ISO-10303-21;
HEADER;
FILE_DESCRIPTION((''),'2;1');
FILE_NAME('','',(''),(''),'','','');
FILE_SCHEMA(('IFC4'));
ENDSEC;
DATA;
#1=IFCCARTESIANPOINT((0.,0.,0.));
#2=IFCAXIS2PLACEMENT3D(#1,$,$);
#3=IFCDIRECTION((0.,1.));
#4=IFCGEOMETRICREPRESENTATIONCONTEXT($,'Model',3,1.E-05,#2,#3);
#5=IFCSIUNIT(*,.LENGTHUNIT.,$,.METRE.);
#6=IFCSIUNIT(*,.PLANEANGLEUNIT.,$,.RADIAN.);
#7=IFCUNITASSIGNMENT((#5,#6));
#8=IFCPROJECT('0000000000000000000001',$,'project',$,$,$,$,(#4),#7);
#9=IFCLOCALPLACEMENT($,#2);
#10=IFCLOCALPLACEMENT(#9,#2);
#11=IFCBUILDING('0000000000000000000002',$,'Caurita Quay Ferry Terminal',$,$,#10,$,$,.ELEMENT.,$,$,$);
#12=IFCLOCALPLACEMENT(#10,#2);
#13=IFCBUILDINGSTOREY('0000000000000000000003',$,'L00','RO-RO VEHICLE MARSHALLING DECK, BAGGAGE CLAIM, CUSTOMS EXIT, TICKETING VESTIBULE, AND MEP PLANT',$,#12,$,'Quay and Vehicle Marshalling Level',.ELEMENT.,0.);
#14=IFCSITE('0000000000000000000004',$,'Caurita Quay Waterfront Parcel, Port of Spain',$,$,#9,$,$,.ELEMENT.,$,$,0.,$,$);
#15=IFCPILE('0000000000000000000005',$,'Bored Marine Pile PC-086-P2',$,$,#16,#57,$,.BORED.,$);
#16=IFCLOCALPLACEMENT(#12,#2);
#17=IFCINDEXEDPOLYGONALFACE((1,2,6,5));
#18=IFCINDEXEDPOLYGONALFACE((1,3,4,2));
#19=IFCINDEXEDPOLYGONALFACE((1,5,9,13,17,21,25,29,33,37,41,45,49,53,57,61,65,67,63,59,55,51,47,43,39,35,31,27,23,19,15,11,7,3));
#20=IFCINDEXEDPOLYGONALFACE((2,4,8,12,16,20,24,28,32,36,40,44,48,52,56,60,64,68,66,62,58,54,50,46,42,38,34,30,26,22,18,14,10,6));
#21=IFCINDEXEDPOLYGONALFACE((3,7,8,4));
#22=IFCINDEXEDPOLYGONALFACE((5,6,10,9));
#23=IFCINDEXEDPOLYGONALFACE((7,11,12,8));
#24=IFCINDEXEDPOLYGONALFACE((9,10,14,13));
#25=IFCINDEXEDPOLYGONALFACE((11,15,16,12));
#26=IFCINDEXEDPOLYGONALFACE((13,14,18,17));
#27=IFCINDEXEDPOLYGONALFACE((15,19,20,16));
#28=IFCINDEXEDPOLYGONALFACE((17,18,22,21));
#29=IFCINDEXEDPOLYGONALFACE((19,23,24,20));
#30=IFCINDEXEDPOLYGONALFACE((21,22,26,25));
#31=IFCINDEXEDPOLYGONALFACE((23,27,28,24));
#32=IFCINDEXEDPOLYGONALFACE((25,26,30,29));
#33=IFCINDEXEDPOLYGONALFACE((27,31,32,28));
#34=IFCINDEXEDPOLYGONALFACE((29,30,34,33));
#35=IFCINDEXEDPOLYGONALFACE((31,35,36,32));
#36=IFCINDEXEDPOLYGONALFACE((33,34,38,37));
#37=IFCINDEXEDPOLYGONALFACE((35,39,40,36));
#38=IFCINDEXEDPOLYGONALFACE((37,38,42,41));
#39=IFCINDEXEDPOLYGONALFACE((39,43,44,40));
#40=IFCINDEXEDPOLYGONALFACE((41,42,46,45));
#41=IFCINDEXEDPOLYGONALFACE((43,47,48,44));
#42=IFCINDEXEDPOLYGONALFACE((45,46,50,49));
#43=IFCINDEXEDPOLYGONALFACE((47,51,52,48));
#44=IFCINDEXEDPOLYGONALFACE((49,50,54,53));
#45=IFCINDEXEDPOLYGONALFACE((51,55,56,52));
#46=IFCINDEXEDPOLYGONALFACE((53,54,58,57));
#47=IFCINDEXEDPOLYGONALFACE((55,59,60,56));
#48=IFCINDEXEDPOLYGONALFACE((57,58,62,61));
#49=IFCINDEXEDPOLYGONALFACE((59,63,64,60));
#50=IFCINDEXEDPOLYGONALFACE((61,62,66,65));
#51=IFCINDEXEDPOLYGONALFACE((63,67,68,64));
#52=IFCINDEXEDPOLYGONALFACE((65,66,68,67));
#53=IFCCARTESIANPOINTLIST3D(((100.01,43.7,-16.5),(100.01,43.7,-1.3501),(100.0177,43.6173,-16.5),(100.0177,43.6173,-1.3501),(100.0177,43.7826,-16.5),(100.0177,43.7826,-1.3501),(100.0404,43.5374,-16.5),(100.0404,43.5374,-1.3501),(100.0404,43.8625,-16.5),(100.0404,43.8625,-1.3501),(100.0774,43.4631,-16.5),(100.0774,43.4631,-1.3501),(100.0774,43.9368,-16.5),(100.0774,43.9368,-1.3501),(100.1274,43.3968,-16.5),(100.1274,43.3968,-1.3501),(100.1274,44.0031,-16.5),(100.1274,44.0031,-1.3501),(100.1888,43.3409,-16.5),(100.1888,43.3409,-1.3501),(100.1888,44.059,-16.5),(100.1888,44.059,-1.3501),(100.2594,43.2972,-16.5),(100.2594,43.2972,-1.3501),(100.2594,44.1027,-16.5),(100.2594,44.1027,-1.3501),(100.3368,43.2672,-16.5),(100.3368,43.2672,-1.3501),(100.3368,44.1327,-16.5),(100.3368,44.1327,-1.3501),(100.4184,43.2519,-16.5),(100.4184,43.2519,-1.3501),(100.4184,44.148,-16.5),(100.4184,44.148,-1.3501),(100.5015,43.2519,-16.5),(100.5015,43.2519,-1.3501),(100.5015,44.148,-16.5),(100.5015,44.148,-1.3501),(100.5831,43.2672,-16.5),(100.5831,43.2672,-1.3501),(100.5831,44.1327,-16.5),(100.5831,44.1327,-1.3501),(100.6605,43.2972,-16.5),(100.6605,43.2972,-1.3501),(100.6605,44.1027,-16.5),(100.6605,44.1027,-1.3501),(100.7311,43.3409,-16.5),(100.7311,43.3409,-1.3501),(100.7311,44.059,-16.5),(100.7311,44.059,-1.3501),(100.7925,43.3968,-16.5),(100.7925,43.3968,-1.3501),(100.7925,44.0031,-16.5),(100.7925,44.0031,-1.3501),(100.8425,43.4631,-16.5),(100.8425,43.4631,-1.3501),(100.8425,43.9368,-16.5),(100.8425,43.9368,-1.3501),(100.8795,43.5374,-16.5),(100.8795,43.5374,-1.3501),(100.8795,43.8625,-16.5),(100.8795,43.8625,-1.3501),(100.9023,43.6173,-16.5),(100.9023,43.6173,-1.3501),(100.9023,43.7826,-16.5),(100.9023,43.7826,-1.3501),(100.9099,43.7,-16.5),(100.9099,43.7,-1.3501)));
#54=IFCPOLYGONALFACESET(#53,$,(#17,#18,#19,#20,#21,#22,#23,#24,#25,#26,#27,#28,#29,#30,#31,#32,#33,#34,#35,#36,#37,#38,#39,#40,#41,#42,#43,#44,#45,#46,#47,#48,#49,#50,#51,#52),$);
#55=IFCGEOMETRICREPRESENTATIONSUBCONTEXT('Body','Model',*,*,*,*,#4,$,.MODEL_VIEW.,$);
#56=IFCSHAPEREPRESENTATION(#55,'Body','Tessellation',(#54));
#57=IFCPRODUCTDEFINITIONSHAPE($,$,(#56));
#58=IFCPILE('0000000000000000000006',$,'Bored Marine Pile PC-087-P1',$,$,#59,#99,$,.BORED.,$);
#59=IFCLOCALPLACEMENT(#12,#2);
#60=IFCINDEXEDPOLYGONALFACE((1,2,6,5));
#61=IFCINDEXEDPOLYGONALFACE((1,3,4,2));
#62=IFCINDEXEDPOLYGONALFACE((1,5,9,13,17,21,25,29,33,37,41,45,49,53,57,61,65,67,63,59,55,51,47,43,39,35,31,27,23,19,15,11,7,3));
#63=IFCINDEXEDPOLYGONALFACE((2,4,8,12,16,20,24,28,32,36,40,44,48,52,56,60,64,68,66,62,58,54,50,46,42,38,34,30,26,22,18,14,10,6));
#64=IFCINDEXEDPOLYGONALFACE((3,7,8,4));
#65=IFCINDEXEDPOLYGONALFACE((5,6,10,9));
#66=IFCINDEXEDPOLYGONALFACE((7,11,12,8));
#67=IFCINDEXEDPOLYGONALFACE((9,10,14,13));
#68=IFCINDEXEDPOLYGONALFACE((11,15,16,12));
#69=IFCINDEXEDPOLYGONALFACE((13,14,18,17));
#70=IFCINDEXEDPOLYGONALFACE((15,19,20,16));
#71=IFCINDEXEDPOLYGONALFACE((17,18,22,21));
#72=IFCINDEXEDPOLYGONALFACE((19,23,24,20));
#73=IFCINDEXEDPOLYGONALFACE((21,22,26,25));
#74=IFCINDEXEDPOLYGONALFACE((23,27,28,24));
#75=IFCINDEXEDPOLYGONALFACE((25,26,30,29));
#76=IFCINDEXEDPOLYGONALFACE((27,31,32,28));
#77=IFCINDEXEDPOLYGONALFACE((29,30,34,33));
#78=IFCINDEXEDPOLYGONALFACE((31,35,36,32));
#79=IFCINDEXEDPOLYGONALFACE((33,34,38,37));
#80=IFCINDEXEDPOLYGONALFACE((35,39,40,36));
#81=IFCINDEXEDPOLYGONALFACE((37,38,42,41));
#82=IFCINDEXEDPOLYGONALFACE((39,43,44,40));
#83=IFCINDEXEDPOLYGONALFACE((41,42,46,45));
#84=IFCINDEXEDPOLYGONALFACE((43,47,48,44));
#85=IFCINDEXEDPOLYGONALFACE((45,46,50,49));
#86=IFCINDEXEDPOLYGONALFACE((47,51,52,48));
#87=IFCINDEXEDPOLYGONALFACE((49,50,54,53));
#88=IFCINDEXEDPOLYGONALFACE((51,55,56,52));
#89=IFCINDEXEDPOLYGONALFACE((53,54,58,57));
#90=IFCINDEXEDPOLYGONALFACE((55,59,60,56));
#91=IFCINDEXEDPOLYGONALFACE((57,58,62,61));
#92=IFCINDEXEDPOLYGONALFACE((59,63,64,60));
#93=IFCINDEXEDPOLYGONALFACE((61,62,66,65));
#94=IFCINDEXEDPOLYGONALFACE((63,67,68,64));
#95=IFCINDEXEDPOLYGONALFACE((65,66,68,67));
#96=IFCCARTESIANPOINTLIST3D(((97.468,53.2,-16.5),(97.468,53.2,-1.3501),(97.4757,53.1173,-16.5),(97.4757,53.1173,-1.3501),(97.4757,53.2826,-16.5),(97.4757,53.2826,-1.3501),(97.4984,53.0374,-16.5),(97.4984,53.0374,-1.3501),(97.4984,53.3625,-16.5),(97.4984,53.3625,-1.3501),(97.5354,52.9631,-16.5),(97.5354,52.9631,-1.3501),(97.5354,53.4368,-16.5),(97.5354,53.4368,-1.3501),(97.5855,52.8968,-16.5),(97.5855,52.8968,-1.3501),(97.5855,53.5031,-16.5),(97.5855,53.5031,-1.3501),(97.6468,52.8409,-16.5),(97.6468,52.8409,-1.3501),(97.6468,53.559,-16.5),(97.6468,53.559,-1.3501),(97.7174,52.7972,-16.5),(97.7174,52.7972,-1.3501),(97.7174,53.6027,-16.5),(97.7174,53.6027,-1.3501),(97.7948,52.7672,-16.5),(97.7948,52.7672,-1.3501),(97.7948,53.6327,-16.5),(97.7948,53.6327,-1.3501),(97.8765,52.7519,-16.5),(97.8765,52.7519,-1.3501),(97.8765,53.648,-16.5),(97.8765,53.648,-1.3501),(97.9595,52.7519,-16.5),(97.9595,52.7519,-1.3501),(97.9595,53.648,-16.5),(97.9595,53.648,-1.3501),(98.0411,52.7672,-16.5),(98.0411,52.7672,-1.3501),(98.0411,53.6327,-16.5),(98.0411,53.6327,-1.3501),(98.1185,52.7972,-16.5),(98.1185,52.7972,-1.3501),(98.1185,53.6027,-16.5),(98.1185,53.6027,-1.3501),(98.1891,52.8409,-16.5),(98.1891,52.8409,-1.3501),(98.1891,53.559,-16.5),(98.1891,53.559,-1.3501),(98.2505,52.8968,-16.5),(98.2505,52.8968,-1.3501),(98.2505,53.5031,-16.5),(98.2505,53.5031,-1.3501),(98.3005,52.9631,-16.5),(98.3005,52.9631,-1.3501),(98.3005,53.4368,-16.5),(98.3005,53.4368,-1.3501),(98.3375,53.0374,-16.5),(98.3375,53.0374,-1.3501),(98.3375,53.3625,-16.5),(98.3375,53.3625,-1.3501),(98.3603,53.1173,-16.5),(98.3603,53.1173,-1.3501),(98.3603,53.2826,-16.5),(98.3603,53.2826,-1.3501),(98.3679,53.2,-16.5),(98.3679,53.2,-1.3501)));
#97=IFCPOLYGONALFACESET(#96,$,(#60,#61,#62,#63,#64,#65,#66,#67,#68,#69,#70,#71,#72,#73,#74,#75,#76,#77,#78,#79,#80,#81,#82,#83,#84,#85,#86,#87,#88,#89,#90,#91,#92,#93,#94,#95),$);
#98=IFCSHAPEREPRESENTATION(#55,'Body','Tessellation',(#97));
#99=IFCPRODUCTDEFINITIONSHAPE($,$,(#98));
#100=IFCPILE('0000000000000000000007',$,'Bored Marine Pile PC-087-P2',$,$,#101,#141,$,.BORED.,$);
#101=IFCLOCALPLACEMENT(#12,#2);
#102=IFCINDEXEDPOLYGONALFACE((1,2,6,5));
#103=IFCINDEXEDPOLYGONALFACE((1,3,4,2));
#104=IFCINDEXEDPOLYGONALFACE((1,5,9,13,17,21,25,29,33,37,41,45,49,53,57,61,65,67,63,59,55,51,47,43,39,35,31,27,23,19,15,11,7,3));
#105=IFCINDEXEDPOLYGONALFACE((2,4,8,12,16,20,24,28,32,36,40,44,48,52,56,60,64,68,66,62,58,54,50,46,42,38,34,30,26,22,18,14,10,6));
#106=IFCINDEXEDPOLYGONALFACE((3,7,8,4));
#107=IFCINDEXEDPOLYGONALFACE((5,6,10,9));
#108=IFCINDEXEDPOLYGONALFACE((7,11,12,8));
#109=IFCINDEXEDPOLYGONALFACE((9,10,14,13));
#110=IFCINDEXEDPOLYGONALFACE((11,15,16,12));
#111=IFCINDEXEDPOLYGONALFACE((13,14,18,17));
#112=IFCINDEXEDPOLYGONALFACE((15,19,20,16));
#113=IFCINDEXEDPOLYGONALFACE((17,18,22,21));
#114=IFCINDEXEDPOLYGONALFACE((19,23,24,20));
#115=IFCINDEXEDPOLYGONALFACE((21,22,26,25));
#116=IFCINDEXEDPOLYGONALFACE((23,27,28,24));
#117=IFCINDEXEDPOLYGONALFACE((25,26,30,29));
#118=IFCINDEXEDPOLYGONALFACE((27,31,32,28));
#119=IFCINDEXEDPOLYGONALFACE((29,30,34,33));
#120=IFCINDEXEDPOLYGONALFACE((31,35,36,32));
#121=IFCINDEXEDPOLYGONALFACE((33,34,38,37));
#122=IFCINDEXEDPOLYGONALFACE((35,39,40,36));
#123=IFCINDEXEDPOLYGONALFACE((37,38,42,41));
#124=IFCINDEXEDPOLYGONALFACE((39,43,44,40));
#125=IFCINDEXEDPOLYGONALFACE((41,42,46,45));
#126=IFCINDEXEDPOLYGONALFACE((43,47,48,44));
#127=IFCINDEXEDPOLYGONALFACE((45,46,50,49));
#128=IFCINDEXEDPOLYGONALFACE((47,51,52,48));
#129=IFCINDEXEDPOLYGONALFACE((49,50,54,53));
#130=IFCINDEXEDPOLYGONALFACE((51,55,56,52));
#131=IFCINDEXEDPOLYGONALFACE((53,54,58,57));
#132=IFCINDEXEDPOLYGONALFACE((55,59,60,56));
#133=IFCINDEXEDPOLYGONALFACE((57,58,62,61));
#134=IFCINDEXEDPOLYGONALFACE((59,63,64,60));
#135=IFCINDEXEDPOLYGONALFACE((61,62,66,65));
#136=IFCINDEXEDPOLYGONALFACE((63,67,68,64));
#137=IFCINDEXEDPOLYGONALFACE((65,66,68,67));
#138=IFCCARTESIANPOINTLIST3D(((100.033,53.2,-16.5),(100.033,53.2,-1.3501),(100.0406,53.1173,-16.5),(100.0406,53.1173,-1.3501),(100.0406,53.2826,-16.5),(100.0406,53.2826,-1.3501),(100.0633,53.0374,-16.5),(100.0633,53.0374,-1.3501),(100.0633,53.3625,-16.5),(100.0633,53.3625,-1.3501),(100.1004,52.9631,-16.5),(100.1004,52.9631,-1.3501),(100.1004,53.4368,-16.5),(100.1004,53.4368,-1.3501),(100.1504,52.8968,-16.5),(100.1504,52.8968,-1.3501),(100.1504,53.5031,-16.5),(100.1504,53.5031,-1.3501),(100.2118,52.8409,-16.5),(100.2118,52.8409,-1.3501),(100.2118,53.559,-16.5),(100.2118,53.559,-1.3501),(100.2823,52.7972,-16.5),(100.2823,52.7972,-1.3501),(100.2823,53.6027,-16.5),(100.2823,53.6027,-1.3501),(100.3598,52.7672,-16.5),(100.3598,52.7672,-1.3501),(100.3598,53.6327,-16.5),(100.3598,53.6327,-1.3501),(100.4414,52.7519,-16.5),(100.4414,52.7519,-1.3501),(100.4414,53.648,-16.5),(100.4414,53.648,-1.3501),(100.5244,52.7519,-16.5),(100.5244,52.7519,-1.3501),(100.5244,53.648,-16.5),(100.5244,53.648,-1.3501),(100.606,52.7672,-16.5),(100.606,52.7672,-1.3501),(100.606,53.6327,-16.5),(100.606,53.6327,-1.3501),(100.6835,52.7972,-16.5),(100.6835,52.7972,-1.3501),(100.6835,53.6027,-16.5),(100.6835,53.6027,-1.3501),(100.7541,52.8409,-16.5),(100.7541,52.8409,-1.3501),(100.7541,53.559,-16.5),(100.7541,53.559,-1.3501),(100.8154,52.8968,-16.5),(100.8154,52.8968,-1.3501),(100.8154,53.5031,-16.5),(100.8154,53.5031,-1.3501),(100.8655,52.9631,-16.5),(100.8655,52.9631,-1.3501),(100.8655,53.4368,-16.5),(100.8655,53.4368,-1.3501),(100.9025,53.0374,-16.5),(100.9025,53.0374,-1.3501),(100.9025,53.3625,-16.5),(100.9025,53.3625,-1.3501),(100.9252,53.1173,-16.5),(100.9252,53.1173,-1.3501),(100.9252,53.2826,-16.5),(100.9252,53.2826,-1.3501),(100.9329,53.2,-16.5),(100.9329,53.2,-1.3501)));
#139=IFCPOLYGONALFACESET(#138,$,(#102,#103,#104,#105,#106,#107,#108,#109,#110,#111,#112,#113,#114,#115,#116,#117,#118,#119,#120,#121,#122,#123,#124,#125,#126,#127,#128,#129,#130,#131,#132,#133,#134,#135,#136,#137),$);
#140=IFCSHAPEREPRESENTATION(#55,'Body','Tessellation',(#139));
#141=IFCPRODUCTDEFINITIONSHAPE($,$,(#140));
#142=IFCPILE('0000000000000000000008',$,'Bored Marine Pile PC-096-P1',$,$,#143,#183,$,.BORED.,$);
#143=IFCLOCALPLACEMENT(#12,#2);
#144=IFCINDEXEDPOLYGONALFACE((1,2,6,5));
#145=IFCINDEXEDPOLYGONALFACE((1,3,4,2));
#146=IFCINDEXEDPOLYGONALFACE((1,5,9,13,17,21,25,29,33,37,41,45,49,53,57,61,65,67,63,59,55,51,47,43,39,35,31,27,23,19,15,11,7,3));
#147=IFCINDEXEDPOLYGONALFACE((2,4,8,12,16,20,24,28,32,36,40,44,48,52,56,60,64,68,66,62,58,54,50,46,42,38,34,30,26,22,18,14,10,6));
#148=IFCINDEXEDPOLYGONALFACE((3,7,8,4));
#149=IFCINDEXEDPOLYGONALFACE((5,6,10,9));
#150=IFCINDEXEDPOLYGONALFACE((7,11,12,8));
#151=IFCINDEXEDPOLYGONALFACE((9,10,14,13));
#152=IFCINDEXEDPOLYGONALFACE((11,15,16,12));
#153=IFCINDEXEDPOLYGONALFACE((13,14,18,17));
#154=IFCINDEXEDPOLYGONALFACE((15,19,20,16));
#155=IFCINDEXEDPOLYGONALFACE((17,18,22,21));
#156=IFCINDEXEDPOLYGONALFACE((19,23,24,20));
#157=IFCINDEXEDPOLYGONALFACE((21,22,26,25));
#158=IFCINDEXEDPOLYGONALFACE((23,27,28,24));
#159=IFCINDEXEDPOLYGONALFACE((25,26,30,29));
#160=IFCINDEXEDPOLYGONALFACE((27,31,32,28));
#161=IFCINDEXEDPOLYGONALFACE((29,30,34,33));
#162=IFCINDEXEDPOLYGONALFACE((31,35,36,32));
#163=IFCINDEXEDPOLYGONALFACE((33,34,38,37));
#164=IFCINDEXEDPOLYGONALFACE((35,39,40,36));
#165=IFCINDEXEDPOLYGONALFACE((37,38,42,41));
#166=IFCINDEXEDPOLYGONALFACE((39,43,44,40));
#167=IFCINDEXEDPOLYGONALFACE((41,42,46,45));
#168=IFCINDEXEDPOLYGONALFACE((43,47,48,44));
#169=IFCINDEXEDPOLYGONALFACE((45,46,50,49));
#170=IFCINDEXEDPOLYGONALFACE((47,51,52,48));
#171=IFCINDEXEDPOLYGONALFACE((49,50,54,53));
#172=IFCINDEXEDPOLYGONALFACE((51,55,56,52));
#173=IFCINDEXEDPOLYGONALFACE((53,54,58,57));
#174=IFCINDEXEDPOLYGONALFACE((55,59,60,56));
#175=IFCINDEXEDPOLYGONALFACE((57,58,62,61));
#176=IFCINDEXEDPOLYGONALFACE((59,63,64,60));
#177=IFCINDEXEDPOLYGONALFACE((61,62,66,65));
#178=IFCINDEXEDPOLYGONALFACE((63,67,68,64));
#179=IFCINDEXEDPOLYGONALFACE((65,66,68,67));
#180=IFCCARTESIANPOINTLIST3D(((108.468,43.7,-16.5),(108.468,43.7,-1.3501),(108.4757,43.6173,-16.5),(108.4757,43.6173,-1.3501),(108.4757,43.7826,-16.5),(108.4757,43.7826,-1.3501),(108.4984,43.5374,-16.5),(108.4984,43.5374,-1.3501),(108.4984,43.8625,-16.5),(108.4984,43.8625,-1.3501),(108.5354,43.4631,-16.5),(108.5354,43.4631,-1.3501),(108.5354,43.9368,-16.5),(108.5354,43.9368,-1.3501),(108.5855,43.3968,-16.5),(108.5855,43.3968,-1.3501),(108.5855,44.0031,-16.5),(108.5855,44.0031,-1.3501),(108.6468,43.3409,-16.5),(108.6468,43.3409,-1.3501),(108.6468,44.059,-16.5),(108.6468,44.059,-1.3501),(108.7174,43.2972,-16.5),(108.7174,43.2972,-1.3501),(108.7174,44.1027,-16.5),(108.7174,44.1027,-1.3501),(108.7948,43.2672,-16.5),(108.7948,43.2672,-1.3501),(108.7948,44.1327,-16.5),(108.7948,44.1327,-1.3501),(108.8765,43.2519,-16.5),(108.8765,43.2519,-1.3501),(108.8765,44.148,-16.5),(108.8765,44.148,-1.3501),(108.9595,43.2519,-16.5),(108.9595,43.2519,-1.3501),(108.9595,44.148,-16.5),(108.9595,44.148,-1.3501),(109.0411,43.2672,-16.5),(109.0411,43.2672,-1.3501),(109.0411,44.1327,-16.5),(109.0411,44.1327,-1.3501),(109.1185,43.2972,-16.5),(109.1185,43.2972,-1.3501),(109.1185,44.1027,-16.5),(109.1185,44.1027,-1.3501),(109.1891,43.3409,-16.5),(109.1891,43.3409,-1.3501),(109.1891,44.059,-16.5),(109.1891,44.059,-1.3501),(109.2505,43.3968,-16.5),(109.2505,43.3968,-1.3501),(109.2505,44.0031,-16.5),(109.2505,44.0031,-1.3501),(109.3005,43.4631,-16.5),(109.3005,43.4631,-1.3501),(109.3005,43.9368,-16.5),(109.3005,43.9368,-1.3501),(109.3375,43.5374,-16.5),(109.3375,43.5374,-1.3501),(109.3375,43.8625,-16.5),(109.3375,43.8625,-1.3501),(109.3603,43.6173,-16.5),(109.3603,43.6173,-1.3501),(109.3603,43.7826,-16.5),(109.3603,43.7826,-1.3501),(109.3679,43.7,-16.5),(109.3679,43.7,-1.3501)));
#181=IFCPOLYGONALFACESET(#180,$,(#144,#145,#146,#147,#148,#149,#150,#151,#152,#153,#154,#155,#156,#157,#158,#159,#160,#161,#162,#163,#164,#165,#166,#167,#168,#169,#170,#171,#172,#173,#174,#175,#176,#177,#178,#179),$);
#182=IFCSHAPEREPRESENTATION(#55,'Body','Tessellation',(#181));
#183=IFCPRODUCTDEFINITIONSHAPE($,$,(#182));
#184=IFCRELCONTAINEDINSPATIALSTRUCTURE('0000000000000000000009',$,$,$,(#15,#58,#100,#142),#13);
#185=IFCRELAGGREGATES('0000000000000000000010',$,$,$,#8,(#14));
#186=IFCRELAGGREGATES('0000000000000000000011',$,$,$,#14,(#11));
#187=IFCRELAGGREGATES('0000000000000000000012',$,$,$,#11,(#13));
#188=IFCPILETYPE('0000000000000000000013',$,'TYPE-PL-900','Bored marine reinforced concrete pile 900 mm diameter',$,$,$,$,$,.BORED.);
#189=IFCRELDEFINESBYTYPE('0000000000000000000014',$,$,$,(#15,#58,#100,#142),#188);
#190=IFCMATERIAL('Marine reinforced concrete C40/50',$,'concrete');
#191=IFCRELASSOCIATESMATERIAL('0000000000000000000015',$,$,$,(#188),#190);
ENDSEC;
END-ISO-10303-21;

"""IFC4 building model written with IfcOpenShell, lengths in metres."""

from ifc_helpers import new_model, si_unit, direction, frame, origin, origin_2d, place, context, subcontext, project, spatial, circle, extrude, material, material_profile, profile_set, type_object, element, save


model = new_model("IFC4")

# Units and contexts
model_context = context("Model", 3, precision=1e-05, world=origin(), true_north=direction((0.0, 1.0)))
body_context = subcontext(model_context, "Body", "Model", "MODEL_VIEW")
ifc_project = project(units=[si_unit("LENGTHUNIT", "METRE"), si_unit("PLANEANGLEUNIT", "RADIAN")], contexts=[model_context])

# Site, building, storey
site_placement = place(None, origin())
site = spatial("IfcSite", under=ifc_project, at=site_placement, Name="Caurita Quay Waterfront Parcel, Port of Spain", CompositionType="ELEMENT", RefElevation=0.0)
building_placement = place(site_placement, origin())
building = spatial("IfcBuilding", under=site, at=building_placement, Name="Caurita Quay Ferry Terminal", CompositionType="ELEMENT")
storey_placement = place(building_placement, origin())
storey = spatial("IfcBuildingStorey", under=building, at=storey_placement, Name="L00", Description="RO-RO VEHICLE MARSHALLING DECK, BAGGAGE CLAIM, CUSTOMS EXIT, TICKETING VESTIBULE, AND MEP PLANT", LongName="Quay and Vehicle Marshalling Level", CompositionType="ELEMENT", Elevation=0.0)

# Piles
ifc_material_1 = material(Name="Marine reinforced concrete C40/50", Category="concrete")
ifc_material_profile_1 = material_profile(ifc_material_1, circle(Radius=0.45, at=origin_2d()), Name="PILE-D900")
ifc_profile_set_1 = profile_set([ifc_material_profile_1], Name="Marine reinforced concrete C40/50")
pile_type_1 = type_object("IfcPileType", Name="TYPE-PL-900", Description="Bored marine reinforced concrete pile 900 mm diameter", PredefinedType="BORED", material=ifc_profile_set_1)
for number, where, z_axis, x_axis, name in (
    (1, (100.46, 43.7, -1.3501), (0.0, 0.0, -1.0), (1.0, 0.0, 0.0), "Bored Marine Pile PC-086-P2"),
    (2, (97.918, 53.2, -1.3501), (0.0, 0.0, -1.0), (1.0, 0.0, 0.0), "Bored Marine Pile PC-087-P1"),
    (3, (100.4829, 53.2, -1.3501), (0.0, 0.0, -1.0), (1.0, 0.0, 0.0), "Bored Marine Pile PC-087-P2"),
    (4, (108.918, 43.7, -1.3501), (0.0, 0.0, -1.0), (1.0, 0.0, 0.0), "Bored Marine Pile PC-096-P1"),
):
    element("IfcPile", number, at=place(storey_placement, frame(where, z_axis=z_axis, x_axis=x_axis)), inside=storey, type_object=pile_type_1, Name=name, PredefinedType="BORED", context=body_context, shape_type="SweptSolid", body=[
        extrude(circle(Radius=0.45, at=origin_2d()), origin(), (0.0, 0.0, 1.0), 15.1499),
    ])

save(model, "model.ifc")
